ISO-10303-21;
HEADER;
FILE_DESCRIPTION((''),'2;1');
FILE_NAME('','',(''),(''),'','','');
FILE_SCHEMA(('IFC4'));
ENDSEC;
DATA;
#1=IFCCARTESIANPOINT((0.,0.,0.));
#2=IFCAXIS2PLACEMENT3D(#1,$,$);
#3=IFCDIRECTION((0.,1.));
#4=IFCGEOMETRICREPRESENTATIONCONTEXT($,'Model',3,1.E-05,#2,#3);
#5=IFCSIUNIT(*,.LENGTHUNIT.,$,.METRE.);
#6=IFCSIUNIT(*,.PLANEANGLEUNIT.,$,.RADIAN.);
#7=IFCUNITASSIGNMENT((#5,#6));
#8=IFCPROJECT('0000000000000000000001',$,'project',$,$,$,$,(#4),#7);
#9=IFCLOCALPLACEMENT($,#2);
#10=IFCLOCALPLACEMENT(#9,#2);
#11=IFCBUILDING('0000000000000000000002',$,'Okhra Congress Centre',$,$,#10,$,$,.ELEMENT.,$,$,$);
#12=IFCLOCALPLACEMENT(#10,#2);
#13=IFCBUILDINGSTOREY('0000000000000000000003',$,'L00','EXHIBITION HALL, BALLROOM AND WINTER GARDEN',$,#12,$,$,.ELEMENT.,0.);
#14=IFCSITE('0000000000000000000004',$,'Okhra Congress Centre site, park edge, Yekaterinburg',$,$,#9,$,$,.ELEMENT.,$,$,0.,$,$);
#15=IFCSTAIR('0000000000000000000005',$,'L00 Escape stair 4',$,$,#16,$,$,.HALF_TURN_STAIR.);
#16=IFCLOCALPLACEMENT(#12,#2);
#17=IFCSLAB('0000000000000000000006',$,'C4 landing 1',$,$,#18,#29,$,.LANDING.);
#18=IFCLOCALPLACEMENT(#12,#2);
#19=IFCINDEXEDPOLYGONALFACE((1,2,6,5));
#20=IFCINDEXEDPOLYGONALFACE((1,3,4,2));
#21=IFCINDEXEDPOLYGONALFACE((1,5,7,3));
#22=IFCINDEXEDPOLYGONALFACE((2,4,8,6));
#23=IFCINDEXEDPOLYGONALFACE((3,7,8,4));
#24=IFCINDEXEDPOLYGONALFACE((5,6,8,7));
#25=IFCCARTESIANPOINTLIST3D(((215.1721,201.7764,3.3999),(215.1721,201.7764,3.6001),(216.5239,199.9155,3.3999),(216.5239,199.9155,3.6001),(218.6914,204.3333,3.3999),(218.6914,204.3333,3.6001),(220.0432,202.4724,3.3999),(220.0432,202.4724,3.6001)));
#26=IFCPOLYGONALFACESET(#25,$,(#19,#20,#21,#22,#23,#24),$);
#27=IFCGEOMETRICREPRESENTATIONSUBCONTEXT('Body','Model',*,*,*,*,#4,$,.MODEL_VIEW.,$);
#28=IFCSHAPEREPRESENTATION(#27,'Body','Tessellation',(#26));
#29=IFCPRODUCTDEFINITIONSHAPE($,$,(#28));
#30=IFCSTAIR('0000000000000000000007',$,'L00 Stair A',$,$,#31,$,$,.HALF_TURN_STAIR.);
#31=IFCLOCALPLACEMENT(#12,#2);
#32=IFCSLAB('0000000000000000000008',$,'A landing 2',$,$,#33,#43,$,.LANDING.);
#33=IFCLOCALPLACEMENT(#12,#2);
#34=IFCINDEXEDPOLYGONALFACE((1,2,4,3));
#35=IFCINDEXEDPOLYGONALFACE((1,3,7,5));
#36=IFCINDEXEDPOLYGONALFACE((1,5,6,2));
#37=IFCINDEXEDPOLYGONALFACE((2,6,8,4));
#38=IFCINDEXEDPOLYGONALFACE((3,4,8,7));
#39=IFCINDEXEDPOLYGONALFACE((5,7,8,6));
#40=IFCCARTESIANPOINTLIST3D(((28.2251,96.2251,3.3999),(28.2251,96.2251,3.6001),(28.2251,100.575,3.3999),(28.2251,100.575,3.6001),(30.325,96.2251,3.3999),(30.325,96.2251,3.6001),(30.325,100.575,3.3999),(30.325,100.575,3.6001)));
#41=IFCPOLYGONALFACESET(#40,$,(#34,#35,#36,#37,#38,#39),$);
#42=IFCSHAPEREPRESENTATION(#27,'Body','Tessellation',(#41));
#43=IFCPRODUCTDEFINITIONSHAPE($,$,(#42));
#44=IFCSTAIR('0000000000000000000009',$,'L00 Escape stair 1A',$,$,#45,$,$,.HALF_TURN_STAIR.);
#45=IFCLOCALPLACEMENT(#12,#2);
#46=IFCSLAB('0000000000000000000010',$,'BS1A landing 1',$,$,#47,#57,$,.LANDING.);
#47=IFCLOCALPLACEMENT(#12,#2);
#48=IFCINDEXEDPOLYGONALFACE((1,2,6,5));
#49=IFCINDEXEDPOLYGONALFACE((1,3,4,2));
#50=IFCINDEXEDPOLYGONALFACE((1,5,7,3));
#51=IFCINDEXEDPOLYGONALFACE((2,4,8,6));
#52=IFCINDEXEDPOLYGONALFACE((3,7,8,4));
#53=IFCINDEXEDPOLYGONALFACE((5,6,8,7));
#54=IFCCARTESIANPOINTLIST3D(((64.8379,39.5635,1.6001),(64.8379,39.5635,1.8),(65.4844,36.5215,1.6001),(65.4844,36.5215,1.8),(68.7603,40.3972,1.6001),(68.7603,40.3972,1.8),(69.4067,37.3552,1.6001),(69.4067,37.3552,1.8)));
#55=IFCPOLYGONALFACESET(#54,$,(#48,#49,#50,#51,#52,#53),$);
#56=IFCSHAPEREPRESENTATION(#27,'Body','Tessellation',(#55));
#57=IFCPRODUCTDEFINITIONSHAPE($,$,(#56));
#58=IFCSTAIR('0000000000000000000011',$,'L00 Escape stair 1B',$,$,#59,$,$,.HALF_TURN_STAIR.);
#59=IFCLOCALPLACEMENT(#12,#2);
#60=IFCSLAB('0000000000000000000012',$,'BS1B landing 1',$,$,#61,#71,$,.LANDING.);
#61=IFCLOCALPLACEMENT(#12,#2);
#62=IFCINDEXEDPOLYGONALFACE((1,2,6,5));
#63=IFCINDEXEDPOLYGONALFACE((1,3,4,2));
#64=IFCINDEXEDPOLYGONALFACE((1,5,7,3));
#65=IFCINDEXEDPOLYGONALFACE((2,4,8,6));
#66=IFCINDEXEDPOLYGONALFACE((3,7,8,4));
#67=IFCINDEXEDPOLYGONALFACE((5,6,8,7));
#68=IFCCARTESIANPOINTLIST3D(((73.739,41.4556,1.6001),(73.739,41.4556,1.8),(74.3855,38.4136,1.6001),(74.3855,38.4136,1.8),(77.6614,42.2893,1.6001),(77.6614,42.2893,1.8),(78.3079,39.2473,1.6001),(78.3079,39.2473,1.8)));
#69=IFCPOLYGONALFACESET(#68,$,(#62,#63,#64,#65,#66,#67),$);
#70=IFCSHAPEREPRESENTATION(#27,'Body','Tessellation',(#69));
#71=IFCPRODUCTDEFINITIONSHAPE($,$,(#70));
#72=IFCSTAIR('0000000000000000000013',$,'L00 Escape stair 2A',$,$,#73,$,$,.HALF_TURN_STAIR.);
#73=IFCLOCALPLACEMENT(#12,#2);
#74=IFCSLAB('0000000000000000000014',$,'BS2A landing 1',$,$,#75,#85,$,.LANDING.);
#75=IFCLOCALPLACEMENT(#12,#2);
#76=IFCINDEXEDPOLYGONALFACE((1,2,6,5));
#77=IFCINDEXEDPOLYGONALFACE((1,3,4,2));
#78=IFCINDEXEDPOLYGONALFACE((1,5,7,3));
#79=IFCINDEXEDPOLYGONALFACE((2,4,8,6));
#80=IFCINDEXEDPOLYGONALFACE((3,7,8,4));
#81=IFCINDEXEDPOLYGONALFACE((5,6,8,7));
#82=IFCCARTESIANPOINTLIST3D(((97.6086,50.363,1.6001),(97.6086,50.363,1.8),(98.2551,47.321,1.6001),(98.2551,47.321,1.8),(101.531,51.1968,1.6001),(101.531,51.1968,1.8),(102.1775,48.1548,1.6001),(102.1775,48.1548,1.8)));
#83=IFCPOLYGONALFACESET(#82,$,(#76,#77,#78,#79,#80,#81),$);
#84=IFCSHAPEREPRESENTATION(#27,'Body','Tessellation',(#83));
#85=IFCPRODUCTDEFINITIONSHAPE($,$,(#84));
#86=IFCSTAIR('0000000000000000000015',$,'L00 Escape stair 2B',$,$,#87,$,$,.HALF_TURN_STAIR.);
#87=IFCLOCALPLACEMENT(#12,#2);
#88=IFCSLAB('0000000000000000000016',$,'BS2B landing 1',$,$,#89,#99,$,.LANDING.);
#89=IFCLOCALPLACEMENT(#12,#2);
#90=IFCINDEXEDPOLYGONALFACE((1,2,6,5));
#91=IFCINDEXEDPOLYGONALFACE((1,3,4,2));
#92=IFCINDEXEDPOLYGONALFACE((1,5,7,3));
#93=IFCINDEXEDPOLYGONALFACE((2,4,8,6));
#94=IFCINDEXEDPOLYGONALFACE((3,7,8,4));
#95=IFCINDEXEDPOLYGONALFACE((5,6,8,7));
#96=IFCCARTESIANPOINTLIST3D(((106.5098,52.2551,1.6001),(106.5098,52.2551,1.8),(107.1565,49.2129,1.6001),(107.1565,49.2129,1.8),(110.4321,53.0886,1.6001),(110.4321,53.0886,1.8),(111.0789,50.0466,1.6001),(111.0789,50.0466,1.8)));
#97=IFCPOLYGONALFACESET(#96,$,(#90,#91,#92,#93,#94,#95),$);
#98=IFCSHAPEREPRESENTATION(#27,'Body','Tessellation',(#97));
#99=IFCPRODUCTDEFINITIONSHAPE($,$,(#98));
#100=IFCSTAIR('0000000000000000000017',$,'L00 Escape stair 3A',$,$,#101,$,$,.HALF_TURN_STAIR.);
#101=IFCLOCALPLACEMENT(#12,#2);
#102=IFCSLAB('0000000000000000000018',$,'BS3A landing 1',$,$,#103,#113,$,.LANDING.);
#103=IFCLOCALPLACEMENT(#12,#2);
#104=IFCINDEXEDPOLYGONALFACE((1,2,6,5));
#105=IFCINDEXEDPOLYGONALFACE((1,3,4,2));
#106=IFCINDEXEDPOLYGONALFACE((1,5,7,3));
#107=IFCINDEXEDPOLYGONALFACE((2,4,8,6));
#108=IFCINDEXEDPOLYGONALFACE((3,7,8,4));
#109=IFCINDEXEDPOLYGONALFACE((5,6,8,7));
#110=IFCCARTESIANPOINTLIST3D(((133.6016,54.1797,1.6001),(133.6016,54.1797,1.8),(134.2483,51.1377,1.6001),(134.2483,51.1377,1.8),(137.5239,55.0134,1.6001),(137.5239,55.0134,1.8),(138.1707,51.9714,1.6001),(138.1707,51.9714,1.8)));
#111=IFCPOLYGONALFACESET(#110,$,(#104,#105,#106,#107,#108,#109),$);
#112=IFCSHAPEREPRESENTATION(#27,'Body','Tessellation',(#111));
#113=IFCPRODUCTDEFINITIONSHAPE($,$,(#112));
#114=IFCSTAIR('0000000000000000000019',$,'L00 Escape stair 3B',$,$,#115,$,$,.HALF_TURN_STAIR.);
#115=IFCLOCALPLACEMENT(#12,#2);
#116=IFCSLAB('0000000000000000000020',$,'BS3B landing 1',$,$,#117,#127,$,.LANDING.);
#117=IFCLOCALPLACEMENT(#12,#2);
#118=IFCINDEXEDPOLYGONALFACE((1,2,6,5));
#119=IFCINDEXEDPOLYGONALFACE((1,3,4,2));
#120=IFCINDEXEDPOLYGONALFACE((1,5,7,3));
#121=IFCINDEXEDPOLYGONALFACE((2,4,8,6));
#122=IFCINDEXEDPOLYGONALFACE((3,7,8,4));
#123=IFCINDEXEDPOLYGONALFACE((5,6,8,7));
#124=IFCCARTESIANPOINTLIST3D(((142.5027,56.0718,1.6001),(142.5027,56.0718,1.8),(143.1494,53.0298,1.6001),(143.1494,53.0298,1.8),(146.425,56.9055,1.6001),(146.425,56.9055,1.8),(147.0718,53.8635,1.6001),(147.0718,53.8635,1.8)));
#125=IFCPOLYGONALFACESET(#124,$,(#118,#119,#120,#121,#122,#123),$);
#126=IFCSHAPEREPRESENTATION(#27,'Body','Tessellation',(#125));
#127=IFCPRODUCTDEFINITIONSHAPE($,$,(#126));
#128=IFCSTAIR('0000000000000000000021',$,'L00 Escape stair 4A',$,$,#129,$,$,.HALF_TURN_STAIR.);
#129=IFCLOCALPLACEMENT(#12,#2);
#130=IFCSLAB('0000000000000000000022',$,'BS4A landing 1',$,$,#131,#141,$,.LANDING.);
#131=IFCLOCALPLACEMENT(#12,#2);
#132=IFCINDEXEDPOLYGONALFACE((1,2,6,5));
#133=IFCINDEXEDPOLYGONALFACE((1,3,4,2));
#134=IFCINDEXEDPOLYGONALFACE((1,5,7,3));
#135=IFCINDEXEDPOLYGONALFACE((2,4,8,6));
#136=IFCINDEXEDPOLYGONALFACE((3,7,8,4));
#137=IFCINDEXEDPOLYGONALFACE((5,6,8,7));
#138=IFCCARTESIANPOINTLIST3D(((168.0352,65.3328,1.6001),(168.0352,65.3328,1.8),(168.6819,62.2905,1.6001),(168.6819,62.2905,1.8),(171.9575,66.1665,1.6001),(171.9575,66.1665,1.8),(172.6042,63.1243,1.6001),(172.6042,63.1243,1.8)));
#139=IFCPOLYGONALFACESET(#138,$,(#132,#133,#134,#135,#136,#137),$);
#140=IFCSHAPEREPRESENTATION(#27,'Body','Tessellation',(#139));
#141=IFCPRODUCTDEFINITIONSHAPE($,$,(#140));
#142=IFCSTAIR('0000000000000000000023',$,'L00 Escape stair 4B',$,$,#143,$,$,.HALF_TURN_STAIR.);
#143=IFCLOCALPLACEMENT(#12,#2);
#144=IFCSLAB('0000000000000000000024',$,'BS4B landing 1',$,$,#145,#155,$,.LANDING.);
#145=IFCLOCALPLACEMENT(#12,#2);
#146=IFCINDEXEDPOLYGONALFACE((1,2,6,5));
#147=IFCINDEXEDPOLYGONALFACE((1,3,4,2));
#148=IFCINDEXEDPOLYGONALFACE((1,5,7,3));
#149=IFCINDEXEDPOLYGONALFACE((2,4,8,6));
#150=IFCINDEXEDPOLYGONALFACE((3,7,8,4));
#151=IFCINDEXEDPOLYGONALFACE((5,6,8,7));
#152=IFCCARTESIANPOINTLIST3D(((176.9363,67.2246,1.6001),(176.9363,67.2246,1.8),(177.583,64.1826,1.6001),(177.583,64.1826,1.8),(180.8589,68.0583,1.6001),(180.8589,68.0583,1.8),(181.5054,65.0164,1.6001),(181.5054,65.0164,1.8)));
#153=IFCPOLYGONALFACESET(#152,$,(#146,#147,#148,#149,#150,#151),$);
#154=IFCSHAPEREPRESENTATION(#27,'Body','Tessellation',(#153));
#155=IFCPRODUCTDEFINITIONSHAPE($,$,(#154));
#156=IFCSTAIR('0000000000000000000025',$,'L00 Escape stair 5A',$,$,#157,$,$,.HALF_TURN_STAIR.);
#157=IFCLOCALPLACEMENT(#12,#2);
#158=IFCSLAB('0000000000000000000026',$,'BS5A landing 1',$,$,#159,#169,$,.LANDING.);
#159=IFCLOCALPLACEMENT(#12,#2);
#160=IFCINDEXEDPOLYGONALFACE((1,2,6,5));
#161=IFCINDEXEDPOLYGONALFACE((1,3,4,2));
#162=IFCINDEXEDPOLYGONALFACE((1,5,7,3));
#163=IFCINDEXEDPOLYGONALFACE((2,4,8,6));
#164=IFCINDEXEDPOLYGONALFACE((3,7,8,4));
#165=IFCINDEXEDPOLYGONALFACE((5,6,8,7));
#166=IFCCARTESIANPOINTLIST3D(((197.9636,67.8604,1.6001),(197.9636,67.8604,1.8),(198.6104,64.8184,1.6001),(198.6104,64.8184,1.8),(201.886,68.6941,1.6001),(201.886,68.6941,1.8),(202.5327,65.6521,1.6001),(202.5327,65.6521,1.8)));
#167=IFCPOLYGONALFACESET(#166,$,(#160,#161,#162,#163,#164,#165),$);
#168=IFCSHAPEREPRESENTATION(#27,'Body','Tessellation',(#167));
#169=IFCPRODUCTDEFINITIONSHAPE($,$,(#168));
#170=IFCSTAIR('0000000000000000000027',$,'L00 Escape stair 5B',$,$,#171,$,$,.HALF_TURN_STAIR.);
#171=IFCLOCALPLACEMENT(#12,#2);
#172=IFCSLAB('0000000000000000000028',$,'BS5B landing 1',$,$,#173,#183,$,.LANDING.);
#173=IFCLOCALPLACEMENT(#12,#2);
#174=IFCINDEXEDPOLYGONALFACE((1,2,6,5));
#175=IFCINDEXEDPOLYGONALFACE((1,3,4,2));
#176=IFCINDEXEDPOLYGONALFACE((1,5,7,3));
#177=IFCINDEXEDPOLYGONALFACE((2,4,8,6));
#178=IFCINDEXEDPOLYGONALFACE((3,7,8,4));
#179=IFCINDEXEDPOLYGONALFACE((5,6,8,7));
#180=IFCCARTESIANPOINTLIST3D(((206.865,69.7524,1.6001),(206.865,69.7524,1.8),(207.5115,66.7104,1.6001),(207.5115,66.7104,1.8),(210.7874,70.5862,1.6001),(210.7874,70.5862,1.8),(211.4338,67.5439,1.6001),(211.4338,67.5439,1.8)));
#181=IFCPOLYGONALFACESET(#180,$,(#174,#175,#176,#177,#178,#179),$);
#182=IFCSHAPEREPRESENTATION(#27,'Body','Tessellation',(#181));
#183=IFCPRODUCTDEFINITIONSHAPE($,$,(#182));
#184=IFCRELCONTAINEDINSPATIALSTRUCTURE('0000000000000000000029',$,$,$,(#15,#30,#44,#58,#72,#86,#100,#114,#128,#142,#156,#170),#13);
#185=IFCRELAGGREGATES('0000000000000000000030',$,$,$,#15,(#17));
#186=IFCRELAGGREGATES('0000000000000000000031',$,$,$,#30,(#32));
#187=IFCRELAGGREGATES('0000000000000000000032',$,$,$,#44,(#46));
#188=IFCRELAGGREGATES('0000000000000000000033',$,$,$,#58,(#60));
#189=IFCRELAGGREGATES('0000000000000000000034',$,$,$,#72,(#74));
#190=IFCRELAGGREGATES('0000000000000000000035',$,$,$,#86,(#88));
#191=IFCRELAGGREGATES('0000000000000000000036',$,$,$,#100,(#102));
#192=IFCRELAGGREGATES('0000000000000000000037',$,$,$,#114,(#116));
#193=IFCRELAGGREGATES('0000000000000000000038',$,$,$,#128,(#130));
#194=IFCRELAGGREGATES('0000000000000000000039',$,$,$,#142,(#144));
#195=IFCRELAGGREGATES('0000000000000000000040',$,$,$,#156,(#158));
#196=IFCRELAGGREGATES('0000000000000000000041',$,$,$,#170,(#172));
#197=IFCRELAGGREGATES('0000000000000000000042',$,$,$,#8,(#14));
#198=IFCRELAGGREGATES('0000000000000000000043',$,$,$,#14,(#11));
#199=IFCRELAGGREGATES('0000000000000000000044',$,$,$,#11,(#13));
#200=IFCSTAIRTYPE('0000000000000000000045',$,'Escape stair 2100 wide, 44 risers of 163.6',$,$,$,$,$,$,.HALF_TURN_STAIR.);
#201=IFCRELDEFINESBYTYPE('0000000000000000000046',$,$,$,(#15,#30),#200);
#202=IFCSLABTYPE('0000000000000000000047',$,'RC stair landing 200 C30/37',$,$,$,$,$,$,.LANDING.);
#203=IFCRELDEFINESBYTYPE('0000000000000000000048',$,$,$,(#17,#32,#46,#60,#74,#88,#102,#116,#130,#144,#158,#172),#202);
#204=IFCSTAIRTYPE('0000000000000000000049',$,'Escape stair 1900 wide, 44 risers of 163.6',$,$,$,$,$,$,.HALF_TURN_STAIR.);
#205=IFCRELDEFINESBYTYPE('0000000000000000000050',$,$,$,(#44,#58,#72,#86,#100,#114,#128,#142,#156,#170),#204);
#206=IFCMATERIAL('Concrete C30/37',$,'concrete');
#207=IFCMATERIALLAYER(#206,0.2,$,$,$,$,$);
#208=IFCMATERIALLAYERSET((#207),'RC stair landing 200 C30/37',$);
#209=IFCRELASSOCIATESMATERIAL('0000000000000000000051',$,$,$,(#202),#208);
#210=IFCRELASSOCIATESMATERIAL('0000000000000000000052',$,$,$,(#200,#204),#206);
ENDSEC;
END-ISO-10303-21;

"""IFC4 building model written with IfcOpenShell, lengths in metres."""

from ifc_helpers import new_model, si_unit, direction, frame, origin, place, context, subcontext, project, spatial, polyline, outline, extrude, material, layer, layer_set, type_object, element, aggregate, save


model = new_model("IFC4")

# Units and contexts
model_context = context("Model", 3, precision=1e-05, world=origin(), true_north=direction((0.0, 1.0)))
body_context = subcontext(model_context, "Body", "Model", "MODEL_VIEW")
ifc_project = project(units=[si_unit("LENGTHUNIT", "METRE"), si_unit("PLANEANGLEUNIT", "RADIAN")], contexts=[model_context])

# Site, building, storey
site_placement = place(None, origin())
site = spatial("IfcSite", under=ifc_project, at=site_placement, Name="Okhra Congress Centre site, park edge, Yekaterinburg", CompositionType="ELEMENT", RefElevation=0.0)
building_placement = place(site_placement, origin())
building = spatial("IfcBuilding", under=site, at=building_placement, Name="Okhra Congress Centre", CompositionType="ELEMENT")
storey_placement = place(building_placement, origin())
storey = spatial("IfcBuildingStorey", under=building, at=storey_placement, Name="L00", Description="EXHIBITION HALL, BALLROOM AND WINTER GARDEN", CompositionType="ELEMENT", Elevation=0.0)

# Shared definitions
ifc_material_1 = material(Name="Concrete C30/37", Category="concrete")

# Stairs, slabs
ifc_layer_1 = layer(ifc_material_1, 0.2)
ifc_layer_set_1 = layer_set([ifc_layer_1], Name="RC stair landing 200 C30/37")
slab_type_1 = type_object("IfcSlabType", Name="RC stair landing 200 C30/37", PredefinedType="LANDING", material=ifc_layer_set_1)
stair_type_1 = type_object("IfcStairType", Name="Escape stair 2100 wide, 44 risers of 163.6", PredefinedType="HALF_TURN_STAIR", material=ifc_material_1)
stair_1_placement = place(storey_placement, origin())
stair_1 = element("IfcStair", 1, at=stair_1_placement, inside=storey, type_object=stair_type_1, Name="L00 Escape stair 4", PredefinedType="HALF_TURN_STAIR")
slab_1_placement = place(storey_placement, frame((0.0, 0.0, 3.3999)))
slab_1 = element("IfcSlab", 2, at=slab_1_placement, type_object=slab_type_1, Name="C4 landing 1", PredefinedType="LANDING", context=body_context, shape_type="SweptSolid", body=[
    extrude(outline(polyline([(215.1721, 201.7764), (216.5239, 199.9155), (220.0432, 202.4724), (218.6914, 204.3333), (215.1721, 201.7764)])), origin(), (0.0, 0.0, 1.0), 0.2002),
])
aggregate(stair_1, [slab_1])
stair_2_placement = place(storey_placement, origin())
stair_2 = element("IfcStair", 3, at=stair_2_placement, inside=storey, type_object=stair_type_1, Name="L00 Stair A", PredefinedType="HALF_TURN_STAIR")
slab_2_placement = place(storey_placement, frame((0.0, 0.0, 3.3999)))
slab_2 = element("IfcSlab", 4, at=slab_2_placement, type_object=slab_type_1, Name="A landing 2", PredefinedType="LANDING", context=body_context, shape_type="SweptSolid", body=[
    extrude(outline(polyline([(28.2251, 96.2251), (30.325, 96.2251), (30.325, 100.575), (28.2251, 100.575), (28.2251, 96.2251)])), origin(), (0.0, 0.0, 1.0), 0.2002),
])
aggregate(stair_2, [slab_2])
stair_type_2 = type_object("IfcStairType", Name="Escape stair 1900 wide, 44 risers of 163.6", PredefinedType="HALF_TURN_STAIR", material=ifc_material_1)
stair_3_placement = place(storey_placement, origin())
stair_3 = element("IfcStair", 5, at=stair_3_placement, inside=storey, type_object=stair_type_2, Name="L00 Escape stair 1A", PredefinedType="HALF_TURN_STAIR")
slab_3_placement = place(storey_placement, frame((0.0, 0.0, 1.6001)))
slab_3 = element("IfcSlab", 6, at=slab_3_placement, type_object=slab_type_1, Name="BS1A landing 1", PredefinedType="LANDING", context=body_context, shape_type="SweptSolid", body=[
    extrude(outline(polyline([(69.4067, 37.3552), (65.4844, 36.5215), (64.8379, 39.5635), (68.7603, 40.3972), (69.4067, 37.3552)])), origin(), (0.0, 0.0, 1.0), 0.2),
])
aggregate(stair_3, [slab_3])
stair_4_placement = place(storey_placement, origin())
stair_4 = element("IfcStair", 7, at=stair_4_placement, inside=storey, type_object=stair_type_2, Name="L00 Escape stair 1B", PredefinedType="HALF_TURN_STAIR")
slab_4_placement = place(storey_placement, frame((0.0, 0.0, 1.6001)))
slab_4 = element("IfcSlab", 8, at=slab_4_placement, type_object=slab_type_1, Name="BS1B landing 1", PredefinedType="LANDING", context=body_context, shape_type="SweptSolid", body=[
    extrude(outline(polyline([(78.3079, 39.2473), (74.3855, 38.4136), (73.739, 41.4556), (77.6614, 42.2893), (78.3079, 39.2473)])), origin(), (0.0, 0.0, 1.0), 0.2),
])
aggregate(stair_4, [slab_4])
stair_5_placement = place(storey_placement, origin())
stair_5 = element("IfcStair", 9, at=stair_5_placement, inside=storey, type_object=stair_type_2, Name="L00 Escape stair 2A", PredefinedType="HALF_TURN_STAIR")
slab_5_placement = place(storey_placement, frame((0.0, 0.0, 1.6001)))
slab_5 = element("IfcSlab", 10, at=slab_5_placement, type_object=slab_type_1, Name="BS2A landing 1", PredefinedType="LANDING", context=body_context, shape_type="SweptSolid", body=[
    extrude(outline(polyline([(97.6086, 50.363), (101.531, 51.1968), (102.1775, 48.1548), (98.2551, 47.321), (97.6086, 50.363)])), origin(), (0.0, 0.0, 1.0), 0.2),
])
aggregate(stair_5, [slab_5])
stair_6_placement = place(storey_placement, origin())
stair_6 = element("IfcStair", 11, at=stair_6_placement, inside=storey, type_object=stair_type_2, Name="L00 Escape stair 2B", PredefinedType="HALF_TURN_STAIR")
slab_6_placement = place(storey_placement, frame((0.0, 0.0, 1.6001)))
slab_6 = element("IfcSlab", 12, at=slab_6_placement, type_object=slab_type_1, Name="BS2B landing 1", PredefinedType="LANDING", context=body_context, shape_type="SweptSolid", body=[
    extrude(outline(polyline([(106.5098, 52.2551), (110.4321, 53.0886), (111.0789, 50.0466), (107.1565, 49.2129), (106.5098, 52.2551)])), origin(), (0.0, 0.0, 1.0), 0.2),
])
aggregate(stair_6, [slab_6])
stair_7_placement = place(storey_placement, origin())
stair_7 = element("IfcStair", 13, at=stair_7_placement, inside=storey, type_object=stair_type_2, Name="L00 Escape stair 3A", PredefinedType="HALF_TURN_STAIR")
slab_7_placement = place(storey_placement, frame((0.0, 0.0, 1.6001)))
slab_7 = element("IfcSlab", 14, at=slab_7_placement, type_object=slab_type_1, Name="BS3A landing 1", PredefinedType="LANDING", context=body_context, shape_type="SweptSolid", body=[
    extrude(outline(polyline([(138.1707, 51.9714), (134.2483, 51.1377), (133.6016, 54.1797), (137.5239, 55.0134), (138.1707, 51.9714)])), origin(), (0.0, 0.0, 1.0), 0.2),
])
aggregate(stair_7, [slab_7])
stair_8_placement = place(storey_placement, origin())
stair_8 = element("IfcStair", 15, at=stair_8_placement, inside=storey, type_object=stair_type_2, Name="L00 Escape stair 3B", PredefinedType="HALF_TURN_STAIR")
slab_8_placement = place(storey_placement, frame((0.0, 0.0, 1.6001)))
slab_8 = element("IfcSlab", 16, at=slab_8_placement, type_object=slab_type_1, Name="BS3B landing 1", PredefinedType="LANDING", context=body_context, shape_type="SweptSolid", body=[
    extrude(outline(polyline([(147.0718, 53.8635), (143.1494, 53.0298), (142.5027, 56.0718), (146.425, 56.9055), (147.0718, 53.8635)])), origin(), (0.0, 0.0, 1.0), 0.2),
])
aggregate(stair_8, [slab_8])
stair_9_placement = place(storey_placement, origin())
stair_9 = element("IfcStair", 17, at=stair_9_placement, inside=storey, type_object=stair_type_2, Name="L00 Escape stair 4A", PredefinedType="HALF_TURN_STAIR")
slab_9_placement = place(storey_placement, frame((0.0, 0.0, 1.6001)))
slab_9 = element("IfcSlab", 18, at=slab_9_placement, type_object=slab_type_1, Name="BS4A landing 1", PredefinedType="LANDING", context=body_context, shape_type="SweptSolid", body=[
    extrude(outline(polyline([(168.0352, 65.3328), (171.9575, 66.1665), (172.6042, 63.1243), (168.6819, 62.2905), (168.0352, 65.3328)])), origin(), (0.0, 0.0, 1.0), 0.2),
])
aggregate(stair_9, [slab_9])
stair_10_placement = place(storey_placement, origin())
stair_10 = element("IfcStair", 19, at=stair_10_placement, inside=storey, type_object=stair_type_2, Name="L00 Escape stair 4B", PredefinedType="HALF_TURN_STAIR")
slab_10_placement = place(storey_placement, frame((0.0, 0.0, 1.6001)))
slab_10 = element("IfcSlab", 20, at=slab_10_placement, type_object=slab_type_1, Name="BS4B landing 1", PredefinedType="LANDING", context=body_context, shape_type="SweptSolid", body=[
    extrude(outline(polyline([(176.9363, 67.2246), (180.8589, 68.0583), (181.5054, 65.0164), (177.583, 64.1826), (176.9363, 67.2246)])), origin(), (0.0, 0.0, 1.0), 0.2),
])
aggregate(stair_10, [slab_10])
stair_11_placement = place(storey_placement, origin())
stair_11 = element("IfcStair", 21, at=stair_11_placement, inside=storey, type_object=stair_type_2, Name="L00 Escape stair 5A", PredefinedType="HALF_TURN_STAIR")
slab_11_placement = place(storey_placement, frame((0.0, 0.0, 1.6001)))
slab_11 = element("IfcSlab", 22, at=slab_11_placement, type_object=slab_type_1, Name="BS5A landing 1", PredefinedType="LANDING", context=body_context, shape_type="SweptSolid", body=[
    extrude(outline(polyline([(202.5327, 65.6521), (198.6104, 64.8184), (197.9636, 67.8604), (201.886, 68.6941), (202.5327, 65.6521)])), origin(), (0.0, 0.0, 1.0), 0.2),
])
aggregate(stair_11, [slab_11])
stair_12_placement = place(storey_placement, origin())
stair_12 = element("IfcStair", 23, at=stair_12_placement, inside=storey, type_object=stair_type_2, Name="L00 Escape stair 5B", PredefinedType="HALF_TURN_STAIR")
slab_12_placement = place(storey_placement, frame((0.0, 0.0, 1.6001)))
slab_12 = element("IfcSlab", 24, at=slab_12_placement, type_object=slab_type_1, Name="BS5B landing 1", PredefinedType="LANDING", context=body_context, shape_type="SweptSolid", body=[
    extrude(outline(polyline([(211.4338, 67.5439), (207.5115, 66.7104), (206.865, 69.7524), (210.7874, 70.5862), (211.4338, 67.5439)])), origin(), (0.0, 0.0, 1.0), 0.2),
])
aggregate(stair_12, [slab_12])

save(model, "model.ifc")
